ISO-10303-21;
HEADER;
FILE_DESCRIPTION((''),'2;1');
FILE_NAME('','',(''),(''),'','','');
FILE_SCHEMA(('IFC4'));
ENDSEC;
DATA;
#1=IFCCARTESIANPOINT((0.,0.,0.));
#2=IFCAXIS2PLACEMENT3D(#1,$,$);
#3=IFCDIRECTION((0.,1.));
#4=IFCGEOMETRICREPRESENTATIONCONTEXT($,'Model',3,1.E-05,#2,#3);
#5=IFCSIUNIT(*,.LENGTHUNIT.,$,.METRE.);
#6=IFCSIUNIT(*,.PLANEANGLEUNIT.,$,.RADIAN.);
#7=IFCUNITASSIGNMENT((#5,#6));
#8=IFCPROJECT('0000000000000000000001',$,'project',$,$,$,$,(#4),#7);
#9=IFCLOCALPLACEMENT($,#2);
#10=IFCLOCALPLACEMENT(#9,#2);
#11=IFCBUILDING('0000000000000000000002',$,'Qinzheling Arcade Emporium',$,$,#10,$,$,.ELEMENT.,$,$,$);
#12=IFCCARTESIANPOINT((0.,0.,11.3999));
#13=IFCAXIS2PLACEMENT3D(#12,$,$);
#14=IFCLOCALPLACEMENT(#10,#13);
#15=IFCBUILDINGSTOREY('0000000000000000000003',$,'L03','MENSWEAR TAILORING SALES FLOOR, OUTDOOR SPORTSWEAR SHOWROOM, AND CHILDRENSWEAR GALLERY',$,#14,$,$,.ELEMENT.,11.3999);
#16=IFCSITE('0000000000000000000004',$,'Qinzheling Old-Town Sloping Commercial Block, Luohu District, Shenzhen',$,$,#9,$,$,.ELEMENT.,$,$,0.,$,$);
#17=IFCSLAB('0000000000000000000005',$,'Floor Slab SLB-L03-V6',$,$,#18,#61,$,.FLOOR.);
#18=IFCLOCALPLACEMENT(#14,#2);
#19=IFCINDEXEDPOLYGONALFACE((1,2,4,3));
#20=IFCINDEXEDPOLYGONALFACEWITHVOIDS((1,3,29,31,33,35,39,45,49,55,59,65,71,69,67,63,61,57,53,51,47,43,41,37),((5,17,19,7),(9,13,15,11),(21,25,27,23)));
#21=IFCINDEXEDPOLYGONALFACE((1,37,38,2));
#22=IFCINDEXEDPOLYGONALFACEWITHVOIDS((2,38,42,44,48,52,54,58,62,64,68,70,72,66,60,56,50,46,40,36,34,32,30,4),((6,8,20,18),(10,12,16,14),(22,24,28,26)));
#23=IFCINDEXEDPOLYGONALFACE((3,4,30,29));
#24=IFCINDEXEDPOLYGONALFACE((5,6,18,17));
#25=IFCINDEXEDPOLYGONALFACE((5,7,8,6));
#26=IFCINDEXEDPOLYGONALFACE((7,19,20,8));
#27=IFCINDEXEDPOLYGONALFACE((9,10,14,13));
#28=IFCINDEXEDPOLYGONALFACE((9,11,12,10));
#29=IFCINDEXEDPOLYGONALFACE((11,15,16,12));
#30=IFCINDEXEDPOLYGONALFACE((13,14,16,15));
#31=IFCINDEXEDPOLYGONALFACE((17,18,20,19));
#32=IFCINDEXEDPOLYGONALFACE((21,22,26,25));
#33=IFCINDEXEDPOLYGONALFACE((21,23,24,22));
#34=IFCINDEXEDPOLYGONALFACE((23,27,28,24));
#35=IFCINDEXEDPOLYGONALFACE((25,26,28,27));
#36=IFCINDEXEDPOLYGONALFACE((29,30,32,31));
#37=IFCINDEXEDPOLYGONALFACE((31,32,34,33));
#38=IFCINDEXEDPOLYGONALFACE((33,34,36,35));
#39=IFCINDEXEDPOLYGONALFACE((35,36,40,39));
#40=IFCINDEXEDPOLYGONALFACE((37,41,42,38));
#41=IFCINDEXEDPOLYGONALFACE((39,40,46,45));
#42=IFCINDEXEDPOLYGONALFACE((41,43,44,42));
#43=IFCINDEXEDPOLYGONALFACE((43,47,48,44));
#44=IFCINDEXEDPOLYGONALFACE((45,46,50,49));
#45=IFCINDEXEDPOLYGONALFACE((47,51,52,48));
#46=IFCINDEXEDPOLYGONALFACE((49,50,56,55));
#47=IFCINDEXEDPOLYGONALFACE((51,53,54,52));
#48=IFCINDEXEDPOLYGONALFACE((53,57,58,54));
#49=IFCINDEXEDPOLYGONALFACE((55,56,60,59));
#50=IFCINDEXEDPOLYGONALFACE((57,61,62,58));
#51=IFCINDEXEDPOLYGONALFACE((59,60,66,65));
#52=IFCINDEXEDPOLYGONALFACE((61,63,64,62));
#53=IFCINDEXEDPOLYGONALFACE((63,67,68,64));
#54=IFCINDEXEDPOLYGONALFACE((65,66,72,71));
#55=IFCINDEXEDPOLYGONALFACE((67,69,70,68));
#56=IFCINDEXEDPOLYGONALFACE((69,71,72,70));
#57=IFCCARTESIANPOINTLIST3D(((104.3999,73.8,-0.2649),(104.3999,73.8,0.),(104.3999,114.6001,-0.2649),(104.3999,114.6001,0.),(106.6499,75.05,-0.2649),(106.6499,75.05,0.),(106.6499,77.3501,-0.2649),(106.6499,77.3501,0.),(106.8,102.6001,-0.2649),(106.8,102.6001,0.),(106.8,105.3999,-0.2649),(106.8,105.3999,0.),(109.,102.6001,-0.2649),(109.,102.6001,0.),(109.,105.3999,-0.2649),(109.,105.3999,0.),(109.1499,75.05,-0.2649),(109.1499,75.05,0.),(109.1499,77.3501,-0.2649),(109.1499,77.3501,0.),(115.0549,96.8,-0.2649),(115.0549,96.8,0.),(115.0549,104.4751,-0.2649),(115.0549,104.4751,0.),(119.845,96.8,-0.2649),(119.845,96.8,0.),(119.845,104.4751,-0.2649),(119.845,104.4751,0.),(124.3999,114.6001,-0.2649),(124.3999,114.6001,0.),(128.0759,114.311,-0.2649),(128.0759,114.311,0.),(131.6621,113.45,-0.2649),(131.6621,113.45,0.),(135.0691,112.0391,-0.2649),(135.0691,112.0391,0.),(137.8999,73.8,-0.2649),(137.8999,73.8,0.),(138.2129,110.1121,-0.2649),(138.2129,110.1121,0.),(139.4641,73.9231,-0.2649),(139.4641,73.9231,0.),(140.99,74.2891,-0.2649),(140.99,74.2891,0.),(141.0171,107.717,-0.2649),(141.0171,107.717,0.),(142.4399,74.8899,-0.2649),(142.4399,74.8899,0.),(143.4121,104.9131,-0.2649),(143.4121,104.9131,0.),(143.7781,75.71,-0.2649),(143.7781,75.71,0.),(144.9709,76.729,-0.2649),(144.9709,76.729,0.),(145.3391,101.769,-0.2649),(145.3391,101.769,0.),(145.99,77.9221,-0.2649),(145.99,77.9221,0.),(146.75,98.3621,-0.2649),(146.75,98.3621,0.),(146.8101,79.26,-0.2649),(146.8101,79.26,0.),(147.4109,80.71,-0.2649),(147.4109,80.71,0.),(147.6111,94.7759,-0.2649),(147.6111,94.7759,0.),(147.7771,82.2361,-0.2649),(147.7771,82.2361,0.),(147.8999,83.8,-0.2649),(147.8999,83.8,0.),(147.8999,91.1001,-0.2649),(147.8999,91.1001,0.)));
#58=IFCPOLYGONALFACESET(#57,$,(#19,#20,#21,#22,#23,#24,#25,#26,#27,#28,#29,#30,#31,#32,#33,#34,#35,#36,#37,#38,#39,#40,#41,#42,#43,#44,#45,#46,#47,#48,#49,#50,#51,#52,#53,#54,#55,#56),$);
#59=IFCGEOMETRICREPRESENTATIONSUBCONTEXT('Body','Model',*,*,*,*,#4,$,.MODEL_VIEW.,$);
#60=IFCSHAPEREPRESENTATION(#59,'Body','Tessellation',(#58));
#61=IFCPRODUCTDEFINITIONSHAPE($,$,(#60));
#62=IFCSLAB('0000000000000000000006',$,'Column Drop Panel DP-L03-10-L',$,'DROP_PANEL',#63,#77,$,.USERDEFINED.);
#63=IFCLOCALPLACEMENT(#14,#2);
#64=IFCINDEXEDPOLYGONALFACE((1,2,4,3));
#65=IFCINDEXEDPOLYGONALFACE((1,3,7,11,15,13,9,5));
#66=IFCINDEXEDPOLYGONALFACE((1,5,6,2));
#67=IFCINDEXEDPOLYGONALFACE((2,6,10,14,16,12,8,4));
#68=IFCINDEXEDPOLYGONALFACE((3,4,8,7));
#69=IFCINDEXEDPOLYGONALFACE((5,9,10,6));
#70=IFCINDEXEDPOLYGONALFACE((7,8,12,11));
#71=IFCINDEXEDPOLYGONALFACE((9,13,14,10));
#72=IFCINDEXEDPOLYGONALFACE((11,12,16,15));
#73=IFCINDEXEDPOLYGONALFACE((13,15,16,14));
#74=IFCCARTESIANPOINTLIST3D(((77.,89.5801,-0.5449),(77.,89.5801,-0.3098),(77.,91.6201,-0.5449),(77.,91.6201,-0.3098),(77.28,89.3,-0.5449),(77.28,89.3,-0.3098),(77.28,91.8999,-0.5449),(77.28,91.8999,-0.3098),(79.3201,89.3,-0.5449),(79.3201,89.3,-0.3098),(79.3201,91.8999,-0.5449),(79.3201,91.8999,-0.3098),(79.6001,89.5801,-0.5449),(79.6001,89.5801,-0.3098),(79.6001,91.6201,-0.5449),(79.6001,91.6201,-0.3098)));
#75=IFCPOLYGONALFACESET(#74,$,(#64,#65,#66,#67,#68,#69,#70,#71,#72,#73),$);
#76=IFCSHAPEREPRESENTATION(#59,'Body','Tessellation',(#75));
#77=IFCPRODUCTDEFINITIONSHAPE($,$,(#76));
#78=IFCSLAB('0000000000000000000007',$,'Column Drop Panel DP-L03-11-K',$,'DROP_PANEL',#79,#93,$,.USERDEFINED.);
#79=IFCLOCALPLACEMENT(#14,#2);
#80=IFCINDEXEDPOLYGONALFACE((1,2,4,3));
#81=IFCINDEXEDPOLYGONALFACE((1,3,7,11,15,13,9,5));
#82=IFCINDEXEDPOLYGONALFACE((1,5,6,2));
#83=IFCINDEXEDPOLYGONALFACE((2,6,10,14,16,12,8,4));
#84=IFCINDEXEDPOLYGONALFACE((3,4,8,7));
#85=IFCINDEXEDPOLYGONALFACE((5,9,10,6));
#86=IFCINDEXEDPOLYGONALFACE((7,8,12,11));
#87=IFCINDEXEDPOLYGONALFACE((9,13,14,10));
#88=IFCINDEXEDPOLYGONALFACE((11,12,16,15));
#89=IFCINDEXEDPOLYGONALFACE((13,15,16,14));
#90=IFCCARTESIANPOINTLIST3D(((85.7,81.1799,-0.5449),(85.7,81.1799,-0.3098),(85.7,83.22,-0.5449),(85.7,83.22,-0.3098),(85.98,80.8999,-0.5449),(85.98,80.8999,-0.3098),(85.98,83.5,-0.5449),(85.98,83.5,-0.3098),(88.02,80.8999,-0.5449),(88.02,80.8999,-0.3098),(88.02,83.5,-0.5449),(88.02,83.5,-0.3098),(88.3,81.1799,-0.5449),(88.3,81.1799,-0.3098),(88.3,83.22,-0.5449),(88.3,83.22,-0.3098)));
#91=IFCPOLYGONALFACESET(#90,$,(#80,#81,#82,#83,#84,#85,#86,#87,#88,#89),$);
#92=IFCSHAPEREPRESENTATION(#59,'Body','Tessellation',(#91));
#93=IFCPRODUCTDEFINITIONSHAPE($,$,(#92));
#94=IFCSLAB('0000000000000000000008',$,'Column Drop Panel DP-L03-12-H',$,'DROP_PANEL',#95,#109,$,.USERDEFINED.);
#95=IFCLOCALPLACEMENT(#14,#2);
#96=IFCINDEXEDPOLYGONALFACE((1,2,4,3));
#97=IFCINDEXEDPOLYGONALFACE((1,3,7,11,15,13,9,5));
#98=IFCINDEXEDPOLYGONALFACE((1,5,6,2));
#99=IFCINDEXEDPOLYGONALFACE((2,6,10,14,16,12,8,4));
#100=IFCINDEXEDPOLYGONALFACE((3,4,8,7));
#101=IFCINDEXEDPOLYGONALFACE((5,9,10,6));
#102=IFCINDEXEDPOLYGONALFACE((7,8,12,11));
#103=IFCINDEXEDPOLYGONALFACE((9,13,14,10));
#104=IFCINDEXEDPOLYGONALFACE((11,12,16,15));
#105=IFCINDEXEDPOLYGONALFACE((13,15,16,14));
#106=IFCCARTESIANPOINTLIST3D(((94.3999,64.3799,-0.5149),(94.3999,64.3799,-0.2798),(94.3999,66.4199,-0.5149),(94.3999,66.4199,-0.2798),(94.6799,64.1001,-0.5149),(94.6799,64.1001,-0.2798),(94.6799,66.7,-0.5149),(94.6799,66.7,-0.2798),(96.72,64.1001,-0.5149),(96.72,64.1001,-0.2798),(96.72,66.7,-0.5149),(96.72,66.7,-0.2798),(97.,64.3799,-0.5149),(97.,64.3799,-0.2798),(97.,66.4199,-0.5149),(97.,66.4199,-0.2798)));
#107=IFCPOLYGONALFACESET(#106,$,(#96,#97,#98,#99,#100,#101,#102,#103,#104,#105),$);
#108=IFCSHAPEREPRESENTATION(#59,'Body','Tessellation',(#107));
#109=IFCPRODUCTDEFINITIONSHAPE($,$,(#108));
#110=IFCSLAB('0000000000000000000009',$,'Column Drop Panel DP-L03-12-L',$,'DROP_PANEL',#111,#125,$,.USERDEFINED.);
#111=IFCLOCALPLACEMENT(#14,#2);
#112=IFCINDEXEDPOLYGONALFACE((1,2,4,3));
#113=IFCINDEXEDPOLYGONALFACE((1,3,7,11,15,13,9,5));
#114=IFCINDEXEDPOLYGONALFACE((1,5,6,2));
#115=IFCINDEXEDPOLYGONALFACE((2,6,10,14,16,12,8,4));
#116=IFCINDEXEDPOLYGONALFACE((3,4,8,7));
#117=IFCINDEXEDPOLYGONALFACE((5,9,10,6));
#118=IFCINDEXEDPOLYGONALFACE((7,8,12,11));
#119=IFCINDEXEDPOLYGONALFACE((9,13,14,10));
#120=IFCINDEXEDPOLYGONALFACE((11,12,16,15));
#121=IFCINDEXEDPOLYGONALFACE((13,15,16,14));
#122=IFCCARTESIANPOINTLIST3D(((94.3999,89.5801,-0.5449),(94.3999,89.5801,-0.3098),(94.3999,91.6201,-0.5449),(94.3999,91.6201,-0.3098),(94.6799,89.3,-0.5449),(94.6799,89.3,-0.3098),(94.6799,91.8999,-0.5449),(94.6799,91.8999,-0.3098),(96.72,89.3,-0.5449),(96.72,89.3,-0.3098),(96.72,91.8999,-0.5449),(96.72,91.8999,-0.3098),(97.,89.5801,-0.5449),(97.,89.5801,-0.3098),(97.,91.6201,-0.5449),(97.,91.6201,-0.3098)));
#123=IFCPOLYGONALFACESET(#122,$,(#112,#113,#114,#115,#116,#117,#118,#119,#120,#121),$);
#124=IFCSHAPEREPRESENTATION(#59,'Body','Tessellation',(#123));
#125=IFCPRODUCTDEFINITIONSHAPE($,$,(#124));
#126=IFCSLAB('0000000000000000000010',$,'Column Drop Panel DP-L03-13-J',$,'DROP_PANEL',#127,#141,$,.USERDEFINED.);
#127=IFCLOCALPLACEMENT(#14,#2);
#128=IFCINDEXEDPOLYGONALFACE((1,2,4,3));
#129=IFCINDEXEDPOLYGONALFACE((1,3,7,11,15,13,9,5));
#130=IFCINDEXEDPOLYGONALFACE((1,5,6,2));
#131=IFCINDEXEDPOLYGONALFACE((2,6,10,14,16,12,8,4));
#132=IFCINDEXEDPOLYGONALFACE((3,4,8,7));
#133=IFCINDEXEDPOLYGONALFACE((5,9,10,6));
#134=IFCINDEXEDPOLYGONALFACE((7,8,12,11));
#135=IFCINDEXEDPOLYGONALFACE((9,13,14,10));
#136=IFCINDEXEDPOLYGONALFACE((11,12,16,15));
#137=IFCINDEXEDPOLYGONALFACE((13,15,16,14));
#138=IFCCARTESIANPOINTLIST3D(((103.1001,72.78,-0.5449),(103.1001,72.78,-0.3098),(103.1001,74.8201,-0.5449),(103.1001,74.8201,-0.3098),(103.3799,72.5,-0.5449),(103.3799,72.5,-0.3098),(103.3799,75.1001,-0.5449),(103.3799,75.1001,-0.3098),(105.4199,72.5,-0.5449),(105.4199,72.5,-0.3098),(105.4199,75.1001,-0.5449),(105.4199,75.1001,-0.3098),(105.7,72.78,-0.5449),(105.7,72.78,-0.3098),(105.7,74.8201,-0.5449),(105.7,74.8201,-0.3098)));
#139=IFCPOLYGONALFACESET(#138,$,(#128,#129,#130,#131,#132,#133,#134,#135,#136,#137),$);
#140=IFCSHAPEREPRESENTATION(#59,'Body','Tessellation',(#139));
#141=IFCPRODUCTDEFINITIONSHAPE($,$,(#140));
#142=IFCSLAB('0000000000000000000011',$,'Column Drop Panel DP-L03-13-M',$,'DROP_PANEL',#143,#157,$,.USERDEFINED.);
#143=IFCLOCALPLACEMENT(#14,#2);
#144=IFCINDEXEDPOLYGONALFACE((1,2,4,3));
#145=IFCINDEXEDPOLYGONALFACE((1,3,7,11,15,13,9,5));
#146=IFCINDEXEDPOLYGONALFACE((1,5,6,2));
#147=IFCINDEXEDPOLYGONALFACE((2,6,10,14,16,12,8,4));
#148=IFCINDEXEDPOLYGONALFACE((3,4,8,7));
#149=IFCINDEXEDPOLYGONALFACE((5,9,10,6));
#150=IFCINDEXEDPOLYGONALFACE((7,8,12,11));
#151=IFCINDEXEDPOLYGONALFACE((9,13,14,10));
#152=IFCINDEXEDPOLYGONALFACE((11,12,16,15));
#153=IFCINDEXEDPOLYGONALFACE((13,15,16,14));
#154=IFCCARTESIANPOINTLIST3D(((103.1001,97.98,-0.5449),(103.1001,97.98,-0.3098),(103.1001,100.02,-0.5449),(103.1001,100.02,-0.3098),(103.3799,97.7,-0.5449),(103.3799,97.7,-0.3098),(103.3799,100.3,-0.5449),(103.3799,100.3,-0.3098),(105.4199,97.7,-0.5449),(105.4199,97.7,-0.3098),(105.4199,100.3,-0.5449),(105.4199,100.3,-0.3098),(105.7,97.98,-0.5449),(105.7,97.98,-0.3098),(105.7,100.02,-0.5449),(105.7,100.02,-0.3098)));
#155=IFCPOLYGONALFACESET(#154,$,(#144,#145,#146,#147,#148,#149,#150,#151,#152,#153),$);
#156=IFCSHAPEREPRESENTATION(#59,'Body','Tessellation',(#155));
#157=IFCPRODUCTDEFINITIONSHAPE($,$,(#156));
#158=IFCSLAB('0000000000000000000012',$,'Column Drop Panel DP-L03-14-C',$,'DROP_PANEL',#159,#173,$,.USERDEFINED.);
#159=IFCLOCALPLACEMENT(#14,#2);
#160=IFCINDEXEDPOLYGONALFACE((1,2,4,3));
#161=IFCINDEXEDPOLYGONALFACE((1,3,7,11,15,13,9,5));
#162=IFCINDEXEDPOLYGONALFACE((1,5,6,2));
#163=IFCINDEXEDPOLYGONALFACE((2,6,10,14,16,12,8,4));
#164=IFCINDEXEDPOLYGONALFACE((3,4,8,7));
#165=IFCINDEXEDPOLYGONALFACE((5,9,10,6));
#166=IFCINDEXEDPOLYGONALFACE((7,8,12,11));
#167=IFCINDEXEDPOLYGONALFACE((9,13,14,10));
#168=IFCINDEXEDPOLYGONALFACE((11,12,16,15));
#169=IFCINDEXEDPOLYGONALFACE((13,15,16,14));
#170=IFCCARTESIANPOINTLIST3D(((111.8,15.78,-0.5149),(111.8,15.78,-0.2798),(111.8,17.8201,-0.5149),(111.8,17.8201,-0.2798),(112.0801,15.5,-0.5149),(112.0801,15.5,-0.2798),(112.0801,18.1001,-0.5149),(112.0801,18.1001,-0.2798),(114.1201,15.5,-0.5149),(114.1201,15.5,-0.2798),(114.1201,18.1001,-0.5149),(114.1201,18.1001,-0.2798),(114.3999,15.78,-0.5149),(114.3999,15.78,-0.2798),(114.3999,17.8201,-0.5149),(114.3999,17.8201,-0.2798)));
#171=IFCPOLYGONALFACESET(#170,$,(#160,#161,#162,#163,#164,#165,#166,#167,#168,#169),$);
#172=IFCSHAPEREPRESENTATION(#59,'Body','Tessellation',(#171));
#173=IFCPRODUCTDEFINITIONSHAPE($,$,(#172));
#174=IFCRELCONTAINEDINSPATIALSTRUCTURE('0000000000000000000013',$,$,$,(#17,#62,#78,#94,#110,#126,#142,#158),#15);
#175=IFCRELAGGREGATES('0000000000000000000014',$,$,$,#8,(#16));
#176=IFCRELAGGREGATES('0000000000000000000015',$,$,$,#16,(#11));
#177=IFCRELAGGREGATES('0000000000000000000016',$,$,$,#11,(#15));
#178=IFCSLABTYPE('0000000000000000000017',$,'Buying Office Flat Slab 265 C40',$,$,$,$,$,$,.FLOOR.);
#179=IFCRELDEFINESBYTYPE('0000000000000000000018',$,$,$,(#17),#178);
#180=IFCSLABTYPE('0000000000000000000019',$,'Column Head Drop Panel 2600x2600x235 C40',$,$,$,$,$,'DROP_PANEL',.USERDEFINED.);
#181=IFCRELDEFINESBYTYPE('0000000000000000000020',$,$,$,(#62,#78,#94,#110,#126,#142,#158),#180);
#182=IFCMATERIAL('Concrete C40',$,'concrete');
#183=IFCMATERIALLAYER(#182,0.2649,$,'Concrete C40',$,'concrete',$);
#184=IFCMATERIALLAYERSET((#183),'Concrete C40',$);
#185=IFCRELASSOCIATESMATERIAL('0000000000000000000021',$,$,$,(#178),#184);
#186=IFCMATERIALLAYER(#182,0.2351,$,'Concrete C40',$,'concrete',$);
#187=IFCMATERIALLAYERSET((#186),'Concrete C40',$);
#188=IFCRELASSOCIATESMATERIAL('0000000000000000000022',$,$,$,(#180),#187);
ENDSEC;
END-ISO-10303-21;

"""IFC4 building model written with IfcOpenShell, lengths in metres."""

from ifc_helpers import new_model, si_unit, direction, frame, origin, place, context, subcontext, project, spatial, polyline, outline, extrude, material, layer, layer_set, type_object, element, save


model = new_model("IFC4")

# Units and contexts
model_context = context("Model", 3, precision=1e-05, world=origin(), true_north=direction((0.0, 1.0)))
body_context = subcontext(model_context, "Body", "Model", "MODEL_VIEW")
ifc_project = project(units=[si_unit("LENGTHUNIT", "METRE"), si_unit("PLANEANGLEUNIT", "RADIAN")], contexts=[model_context])

# Site, building, storey
site_placement = place(None, origin())
site = spatial("IfcSite", under=ifc_project, at=site_placement, Name="Qinzheling Old-Town Sloping Commercial Block, Luohu District, Shenzhen", CompositionType="ELEMENT", RefElevation=0.0)
building_placement = place(site_placement, origin())
building = spatial("IfcBuilding", under=site, at=building_placement, Name="Qinzheling Arcade Emporium", CompositionType="ELEMENT")
storey_placement = place(building_placement, frame((0.0, 0.0, 11.3999)))
storey = spatial("IfcBuildingStorey", under=building, at=storey_placement, Name="L03", Description="MENSWEAR TAILORING SALES FLOOR, OUTDOOR SPORTSWEAR SHOWROOM, AND CHILDRENSWEAR GALLERY", CompositionType="ELEMENT", Elevation=11.3999)

# Slabs
ifc_material = material(Name="Concrete C40", Category="concrete")
ifc_layer_1 = layer(ifc_material, 0.2649, Name="Concrete C40", Category="concrete")
ifc_layer_set_1 = layer_set([ifc_layer_1], Name="Concrete C40")
slab_type_1 = type_object("IfcSlabType", Name="Buying Office Flat Slab 265 C40", PredefinedType="FLOOR", material=ifc_layer_set_1)
slab_1_placement = place(storey_placement, frame((0.0, 0.0, -0.2649)))
element("IfcSlab", 1, at=slab_1_placement, inside=storey, type_object=slab_type_1, Name="Floor Slab SLB-L03-V6", PredefinedType="FLOOR", context=body_context, shape_type="SweptSolid", body=[
    extrude(outline(polyline([(104.3999, 114.6001), (104.3999, 73.8), (137.8999, 73.8), (139.4641, 73.9231), (140.99, 74.2891), (142.4399, 74.8899), (143.7781, 75.71), (144.9709, 76.729), (145.99, 77.9221), (146.8101, 79.26), (147.4109, 80.71), (147.7771, 82.2361), (147.8999, 83.8), (147.8999, 91.1001), (147.6111, 94.7759), (146.75, 98.3621), (145.3391, 101.769), (143.4121, 104.9131), (141.0171, 107.717), (138.2129, 110.1121), (135.0691, 112.0391), (131.6621, 113.45), (128.0759, 114.311), (124.3999, 114.6001), (104.3999, 114.6001)]), holes=[polyline([(115.0549, 96.8), (115.0549, 104.4751), (119.845, 104.4751), (119.845, 96.8), (115.0549, 96.8)]), polyline([(106.6499, 75.05), (106.6499, 77.3501), (109.1499, 77.3501), (109.1499, 75.05), (106.6499, 75.05)]), polyline([(106.8, 102.6001), (106.8, 105.3999), (109.0, 105.3999), (109.0, 102.6001), (106.8, 102.6001)])]), origin(), (0.0, 0.0, 1.0), 0.2649),
])
ifc_layer_2 = layer(ifc_material, 0.2351, Name="Concrete C40", Category="concrete")
ifc_layer_set_2 = layer_set([ifc_layer_2], Name="Concrete C40")
slab_type_2 = type_object("IfcSlabType", Name="Column Head Drop Panel 2600x2600x235 C40", ElementType="DROP_PANEL", PredefinedType="USERDEFINED", material=ifc_layer_set_2)
slab_2_placement = place(storey_placement, frame((0.0, 0.0, -0.5449)))
element("IfcSlab", 2, at=slab_2_placement, inside=storey, type_object=slab_type_2, Name="Column Drop Panel DP-L03-10-L", ObjectType="DROP_PANEL", PredefinedType="USERDEFINED", context=body_context, shape_type="SweptSolid", body=[
    extrude(outline(polyline([(77.28, 89.3), (79.3201, 89.3), (79.6001, 89.5801), (79.6001, 91.6201), (79.3201, 91.8999), (77.28, 91.8999), (77.0, 91.6201), (77.0, 89.5801), (77.28, 89.3)])), origin(), (0.0, 0.0, 1.0), 0.2351),
])
slab_3_placement = place(storey_placement, frame((0.0, 0.0, -0.5449)))
element("IfcSlab", 3, at=slab_3_placement, inside=storey, type_object=slab_type_2, Name="Column Drop Panel DP-L03-11-K", ObjectType="DROP_PANEL", PredefinedType="USERDEFINED", context=body_context, shape_type="SweptSolid", body=[
    extrude(outline(polyline([(85.98, 80.8999), (88.02, 80.8999), (88.3, 81.1799), (88.3, 83.22), (88.02, 83.5), (85.98, 83.5), (85.7, 83.22), (85.7, 81.1799), (85.98, 80.8999)])), origin(), (0.0, 0.0, 1.0), 0.2351),
])
slab_4_placement = place(storey_placement, frame((0.0, 0.0, -0.5149)))
element("IfcSlab", 4, at=slab_4_placement, inside=storey, type_object=slab_type_2, Name="Column Drop Panel DP-L03-12-H", ObjectType="DROP_PANEL", PredefinedType="USERDEFINED", context=body_context, shape_type="SweptSolid", body=[
    extrude(outline(polyline([(94.6799, 64.1001), (96.72, 64.1001), (97.0, 64.3799), (97.0, 66.4199), (96.72, 66.7), (94.6799, 66.7), (94.3999, 66.4199), (94.3999, 64.3799), (94.6799, 64.1001)])), origin(), (0.0, 0.0, 1.0), 0.2351),
])
slab_5_placement = place(storey_placement, frame((0.0, 0.0, -0.5449)))
element("IfcSlab", 5, at=slab_5_placement, inside=storey, type_object=slab_type_2, Name="Column Drop Panel DP-L03-12-L", ObjectType="DROP_PANEL", PredefinedType="USERDEFINED", context=body_context, shape_type="SweptSolid", body=[
    extrude(outline(polyline([(94.6799, 89.3), (96.72, 89.3), (97.0, 89.5801), (97.0, 91.6201), (96.72, 91.8999), (94.6799, 91.8999), (94.3999, 91.6201), (94.3999, 89.5801), (94.6799, 89.3)])), origin(), (0.0, 0.0, 1.0), 0.2351),
])
slab_6_placement = place(storey_placement, frame((0.0, 0.0, -0.5449)))
element("IfcSlab", 6, at=slab_6_placement, inside=storey, type_object=slab_type_2, Name="Column Drop Panel DP-L03-13-J", ObjectType="DROP_PANEL", PredefinedType="USERDEFINED", context=body_context, shape_type="SweptSolid", body=[
    extrude(outline(polyline([(103.3799, 72.5), (105.4199, 72.5), (105.7, 72.78), (105.7, 74.8201), (105.4199, 75.1001), (103.3799, 75.1001), (103.1001, 74.8201), (103.1001, 72.78), (103.3799, 72.5)])), origin(), (0.0, 0.0, 1.0), 0.2351),
])
slab_7_placement = place(storey_placement, frame((0.0, 0.0, -0.5449)))
element("IfcSlab", 7, at=slab_7_placement, inside=storey, type_object=slab_type_2, Name="Column Drop Panel DP-L03-13-M", ObjectType="DROP_PANEL", PredefinedType="USERDEFINED", context=body_context, shape_type="SweptSolid", body=[
    extrude(outline(polyline([(103.3799, 97.7), (105.4199, 97.7), (105.7, 97.98), (105.7, 100.02), (105.4199, 100.3), (103.3799, 100.3), (103.1001, 100.02), (103.1001, 97.98), (103.3799, 97.7)])), origin(), (0.0, 0.0, 1.0), 0.2351),
])
slab_8_placement = place(storey_placement, frame((0.0, 0.0, -0.5149)))
element("IfcSlab", 8, at=slab_8_placement, inside=storey, type_object=slab_type_2, Name="Column Drop Panel DP-L03-14-C", ObjectType="DROP_PANEL", PredefinedType="USERDEFINED", context=body_context, shape_type="SweptSolid", body=[
    extrude(outline(polyline([(112.0801, 15.5), (114.1201, 15.5), (114.3999, 15.78), (114.3999, 17.8201), (114.1201, 18.1001), (112.0801, 18.1001), (111.8, 17.8201), (111.8, 15.78), (112.0801, 15.5)])), origin(), (0.0, 0.0, 1.0), 0.2351),
])

save(model, "model.ifc")
